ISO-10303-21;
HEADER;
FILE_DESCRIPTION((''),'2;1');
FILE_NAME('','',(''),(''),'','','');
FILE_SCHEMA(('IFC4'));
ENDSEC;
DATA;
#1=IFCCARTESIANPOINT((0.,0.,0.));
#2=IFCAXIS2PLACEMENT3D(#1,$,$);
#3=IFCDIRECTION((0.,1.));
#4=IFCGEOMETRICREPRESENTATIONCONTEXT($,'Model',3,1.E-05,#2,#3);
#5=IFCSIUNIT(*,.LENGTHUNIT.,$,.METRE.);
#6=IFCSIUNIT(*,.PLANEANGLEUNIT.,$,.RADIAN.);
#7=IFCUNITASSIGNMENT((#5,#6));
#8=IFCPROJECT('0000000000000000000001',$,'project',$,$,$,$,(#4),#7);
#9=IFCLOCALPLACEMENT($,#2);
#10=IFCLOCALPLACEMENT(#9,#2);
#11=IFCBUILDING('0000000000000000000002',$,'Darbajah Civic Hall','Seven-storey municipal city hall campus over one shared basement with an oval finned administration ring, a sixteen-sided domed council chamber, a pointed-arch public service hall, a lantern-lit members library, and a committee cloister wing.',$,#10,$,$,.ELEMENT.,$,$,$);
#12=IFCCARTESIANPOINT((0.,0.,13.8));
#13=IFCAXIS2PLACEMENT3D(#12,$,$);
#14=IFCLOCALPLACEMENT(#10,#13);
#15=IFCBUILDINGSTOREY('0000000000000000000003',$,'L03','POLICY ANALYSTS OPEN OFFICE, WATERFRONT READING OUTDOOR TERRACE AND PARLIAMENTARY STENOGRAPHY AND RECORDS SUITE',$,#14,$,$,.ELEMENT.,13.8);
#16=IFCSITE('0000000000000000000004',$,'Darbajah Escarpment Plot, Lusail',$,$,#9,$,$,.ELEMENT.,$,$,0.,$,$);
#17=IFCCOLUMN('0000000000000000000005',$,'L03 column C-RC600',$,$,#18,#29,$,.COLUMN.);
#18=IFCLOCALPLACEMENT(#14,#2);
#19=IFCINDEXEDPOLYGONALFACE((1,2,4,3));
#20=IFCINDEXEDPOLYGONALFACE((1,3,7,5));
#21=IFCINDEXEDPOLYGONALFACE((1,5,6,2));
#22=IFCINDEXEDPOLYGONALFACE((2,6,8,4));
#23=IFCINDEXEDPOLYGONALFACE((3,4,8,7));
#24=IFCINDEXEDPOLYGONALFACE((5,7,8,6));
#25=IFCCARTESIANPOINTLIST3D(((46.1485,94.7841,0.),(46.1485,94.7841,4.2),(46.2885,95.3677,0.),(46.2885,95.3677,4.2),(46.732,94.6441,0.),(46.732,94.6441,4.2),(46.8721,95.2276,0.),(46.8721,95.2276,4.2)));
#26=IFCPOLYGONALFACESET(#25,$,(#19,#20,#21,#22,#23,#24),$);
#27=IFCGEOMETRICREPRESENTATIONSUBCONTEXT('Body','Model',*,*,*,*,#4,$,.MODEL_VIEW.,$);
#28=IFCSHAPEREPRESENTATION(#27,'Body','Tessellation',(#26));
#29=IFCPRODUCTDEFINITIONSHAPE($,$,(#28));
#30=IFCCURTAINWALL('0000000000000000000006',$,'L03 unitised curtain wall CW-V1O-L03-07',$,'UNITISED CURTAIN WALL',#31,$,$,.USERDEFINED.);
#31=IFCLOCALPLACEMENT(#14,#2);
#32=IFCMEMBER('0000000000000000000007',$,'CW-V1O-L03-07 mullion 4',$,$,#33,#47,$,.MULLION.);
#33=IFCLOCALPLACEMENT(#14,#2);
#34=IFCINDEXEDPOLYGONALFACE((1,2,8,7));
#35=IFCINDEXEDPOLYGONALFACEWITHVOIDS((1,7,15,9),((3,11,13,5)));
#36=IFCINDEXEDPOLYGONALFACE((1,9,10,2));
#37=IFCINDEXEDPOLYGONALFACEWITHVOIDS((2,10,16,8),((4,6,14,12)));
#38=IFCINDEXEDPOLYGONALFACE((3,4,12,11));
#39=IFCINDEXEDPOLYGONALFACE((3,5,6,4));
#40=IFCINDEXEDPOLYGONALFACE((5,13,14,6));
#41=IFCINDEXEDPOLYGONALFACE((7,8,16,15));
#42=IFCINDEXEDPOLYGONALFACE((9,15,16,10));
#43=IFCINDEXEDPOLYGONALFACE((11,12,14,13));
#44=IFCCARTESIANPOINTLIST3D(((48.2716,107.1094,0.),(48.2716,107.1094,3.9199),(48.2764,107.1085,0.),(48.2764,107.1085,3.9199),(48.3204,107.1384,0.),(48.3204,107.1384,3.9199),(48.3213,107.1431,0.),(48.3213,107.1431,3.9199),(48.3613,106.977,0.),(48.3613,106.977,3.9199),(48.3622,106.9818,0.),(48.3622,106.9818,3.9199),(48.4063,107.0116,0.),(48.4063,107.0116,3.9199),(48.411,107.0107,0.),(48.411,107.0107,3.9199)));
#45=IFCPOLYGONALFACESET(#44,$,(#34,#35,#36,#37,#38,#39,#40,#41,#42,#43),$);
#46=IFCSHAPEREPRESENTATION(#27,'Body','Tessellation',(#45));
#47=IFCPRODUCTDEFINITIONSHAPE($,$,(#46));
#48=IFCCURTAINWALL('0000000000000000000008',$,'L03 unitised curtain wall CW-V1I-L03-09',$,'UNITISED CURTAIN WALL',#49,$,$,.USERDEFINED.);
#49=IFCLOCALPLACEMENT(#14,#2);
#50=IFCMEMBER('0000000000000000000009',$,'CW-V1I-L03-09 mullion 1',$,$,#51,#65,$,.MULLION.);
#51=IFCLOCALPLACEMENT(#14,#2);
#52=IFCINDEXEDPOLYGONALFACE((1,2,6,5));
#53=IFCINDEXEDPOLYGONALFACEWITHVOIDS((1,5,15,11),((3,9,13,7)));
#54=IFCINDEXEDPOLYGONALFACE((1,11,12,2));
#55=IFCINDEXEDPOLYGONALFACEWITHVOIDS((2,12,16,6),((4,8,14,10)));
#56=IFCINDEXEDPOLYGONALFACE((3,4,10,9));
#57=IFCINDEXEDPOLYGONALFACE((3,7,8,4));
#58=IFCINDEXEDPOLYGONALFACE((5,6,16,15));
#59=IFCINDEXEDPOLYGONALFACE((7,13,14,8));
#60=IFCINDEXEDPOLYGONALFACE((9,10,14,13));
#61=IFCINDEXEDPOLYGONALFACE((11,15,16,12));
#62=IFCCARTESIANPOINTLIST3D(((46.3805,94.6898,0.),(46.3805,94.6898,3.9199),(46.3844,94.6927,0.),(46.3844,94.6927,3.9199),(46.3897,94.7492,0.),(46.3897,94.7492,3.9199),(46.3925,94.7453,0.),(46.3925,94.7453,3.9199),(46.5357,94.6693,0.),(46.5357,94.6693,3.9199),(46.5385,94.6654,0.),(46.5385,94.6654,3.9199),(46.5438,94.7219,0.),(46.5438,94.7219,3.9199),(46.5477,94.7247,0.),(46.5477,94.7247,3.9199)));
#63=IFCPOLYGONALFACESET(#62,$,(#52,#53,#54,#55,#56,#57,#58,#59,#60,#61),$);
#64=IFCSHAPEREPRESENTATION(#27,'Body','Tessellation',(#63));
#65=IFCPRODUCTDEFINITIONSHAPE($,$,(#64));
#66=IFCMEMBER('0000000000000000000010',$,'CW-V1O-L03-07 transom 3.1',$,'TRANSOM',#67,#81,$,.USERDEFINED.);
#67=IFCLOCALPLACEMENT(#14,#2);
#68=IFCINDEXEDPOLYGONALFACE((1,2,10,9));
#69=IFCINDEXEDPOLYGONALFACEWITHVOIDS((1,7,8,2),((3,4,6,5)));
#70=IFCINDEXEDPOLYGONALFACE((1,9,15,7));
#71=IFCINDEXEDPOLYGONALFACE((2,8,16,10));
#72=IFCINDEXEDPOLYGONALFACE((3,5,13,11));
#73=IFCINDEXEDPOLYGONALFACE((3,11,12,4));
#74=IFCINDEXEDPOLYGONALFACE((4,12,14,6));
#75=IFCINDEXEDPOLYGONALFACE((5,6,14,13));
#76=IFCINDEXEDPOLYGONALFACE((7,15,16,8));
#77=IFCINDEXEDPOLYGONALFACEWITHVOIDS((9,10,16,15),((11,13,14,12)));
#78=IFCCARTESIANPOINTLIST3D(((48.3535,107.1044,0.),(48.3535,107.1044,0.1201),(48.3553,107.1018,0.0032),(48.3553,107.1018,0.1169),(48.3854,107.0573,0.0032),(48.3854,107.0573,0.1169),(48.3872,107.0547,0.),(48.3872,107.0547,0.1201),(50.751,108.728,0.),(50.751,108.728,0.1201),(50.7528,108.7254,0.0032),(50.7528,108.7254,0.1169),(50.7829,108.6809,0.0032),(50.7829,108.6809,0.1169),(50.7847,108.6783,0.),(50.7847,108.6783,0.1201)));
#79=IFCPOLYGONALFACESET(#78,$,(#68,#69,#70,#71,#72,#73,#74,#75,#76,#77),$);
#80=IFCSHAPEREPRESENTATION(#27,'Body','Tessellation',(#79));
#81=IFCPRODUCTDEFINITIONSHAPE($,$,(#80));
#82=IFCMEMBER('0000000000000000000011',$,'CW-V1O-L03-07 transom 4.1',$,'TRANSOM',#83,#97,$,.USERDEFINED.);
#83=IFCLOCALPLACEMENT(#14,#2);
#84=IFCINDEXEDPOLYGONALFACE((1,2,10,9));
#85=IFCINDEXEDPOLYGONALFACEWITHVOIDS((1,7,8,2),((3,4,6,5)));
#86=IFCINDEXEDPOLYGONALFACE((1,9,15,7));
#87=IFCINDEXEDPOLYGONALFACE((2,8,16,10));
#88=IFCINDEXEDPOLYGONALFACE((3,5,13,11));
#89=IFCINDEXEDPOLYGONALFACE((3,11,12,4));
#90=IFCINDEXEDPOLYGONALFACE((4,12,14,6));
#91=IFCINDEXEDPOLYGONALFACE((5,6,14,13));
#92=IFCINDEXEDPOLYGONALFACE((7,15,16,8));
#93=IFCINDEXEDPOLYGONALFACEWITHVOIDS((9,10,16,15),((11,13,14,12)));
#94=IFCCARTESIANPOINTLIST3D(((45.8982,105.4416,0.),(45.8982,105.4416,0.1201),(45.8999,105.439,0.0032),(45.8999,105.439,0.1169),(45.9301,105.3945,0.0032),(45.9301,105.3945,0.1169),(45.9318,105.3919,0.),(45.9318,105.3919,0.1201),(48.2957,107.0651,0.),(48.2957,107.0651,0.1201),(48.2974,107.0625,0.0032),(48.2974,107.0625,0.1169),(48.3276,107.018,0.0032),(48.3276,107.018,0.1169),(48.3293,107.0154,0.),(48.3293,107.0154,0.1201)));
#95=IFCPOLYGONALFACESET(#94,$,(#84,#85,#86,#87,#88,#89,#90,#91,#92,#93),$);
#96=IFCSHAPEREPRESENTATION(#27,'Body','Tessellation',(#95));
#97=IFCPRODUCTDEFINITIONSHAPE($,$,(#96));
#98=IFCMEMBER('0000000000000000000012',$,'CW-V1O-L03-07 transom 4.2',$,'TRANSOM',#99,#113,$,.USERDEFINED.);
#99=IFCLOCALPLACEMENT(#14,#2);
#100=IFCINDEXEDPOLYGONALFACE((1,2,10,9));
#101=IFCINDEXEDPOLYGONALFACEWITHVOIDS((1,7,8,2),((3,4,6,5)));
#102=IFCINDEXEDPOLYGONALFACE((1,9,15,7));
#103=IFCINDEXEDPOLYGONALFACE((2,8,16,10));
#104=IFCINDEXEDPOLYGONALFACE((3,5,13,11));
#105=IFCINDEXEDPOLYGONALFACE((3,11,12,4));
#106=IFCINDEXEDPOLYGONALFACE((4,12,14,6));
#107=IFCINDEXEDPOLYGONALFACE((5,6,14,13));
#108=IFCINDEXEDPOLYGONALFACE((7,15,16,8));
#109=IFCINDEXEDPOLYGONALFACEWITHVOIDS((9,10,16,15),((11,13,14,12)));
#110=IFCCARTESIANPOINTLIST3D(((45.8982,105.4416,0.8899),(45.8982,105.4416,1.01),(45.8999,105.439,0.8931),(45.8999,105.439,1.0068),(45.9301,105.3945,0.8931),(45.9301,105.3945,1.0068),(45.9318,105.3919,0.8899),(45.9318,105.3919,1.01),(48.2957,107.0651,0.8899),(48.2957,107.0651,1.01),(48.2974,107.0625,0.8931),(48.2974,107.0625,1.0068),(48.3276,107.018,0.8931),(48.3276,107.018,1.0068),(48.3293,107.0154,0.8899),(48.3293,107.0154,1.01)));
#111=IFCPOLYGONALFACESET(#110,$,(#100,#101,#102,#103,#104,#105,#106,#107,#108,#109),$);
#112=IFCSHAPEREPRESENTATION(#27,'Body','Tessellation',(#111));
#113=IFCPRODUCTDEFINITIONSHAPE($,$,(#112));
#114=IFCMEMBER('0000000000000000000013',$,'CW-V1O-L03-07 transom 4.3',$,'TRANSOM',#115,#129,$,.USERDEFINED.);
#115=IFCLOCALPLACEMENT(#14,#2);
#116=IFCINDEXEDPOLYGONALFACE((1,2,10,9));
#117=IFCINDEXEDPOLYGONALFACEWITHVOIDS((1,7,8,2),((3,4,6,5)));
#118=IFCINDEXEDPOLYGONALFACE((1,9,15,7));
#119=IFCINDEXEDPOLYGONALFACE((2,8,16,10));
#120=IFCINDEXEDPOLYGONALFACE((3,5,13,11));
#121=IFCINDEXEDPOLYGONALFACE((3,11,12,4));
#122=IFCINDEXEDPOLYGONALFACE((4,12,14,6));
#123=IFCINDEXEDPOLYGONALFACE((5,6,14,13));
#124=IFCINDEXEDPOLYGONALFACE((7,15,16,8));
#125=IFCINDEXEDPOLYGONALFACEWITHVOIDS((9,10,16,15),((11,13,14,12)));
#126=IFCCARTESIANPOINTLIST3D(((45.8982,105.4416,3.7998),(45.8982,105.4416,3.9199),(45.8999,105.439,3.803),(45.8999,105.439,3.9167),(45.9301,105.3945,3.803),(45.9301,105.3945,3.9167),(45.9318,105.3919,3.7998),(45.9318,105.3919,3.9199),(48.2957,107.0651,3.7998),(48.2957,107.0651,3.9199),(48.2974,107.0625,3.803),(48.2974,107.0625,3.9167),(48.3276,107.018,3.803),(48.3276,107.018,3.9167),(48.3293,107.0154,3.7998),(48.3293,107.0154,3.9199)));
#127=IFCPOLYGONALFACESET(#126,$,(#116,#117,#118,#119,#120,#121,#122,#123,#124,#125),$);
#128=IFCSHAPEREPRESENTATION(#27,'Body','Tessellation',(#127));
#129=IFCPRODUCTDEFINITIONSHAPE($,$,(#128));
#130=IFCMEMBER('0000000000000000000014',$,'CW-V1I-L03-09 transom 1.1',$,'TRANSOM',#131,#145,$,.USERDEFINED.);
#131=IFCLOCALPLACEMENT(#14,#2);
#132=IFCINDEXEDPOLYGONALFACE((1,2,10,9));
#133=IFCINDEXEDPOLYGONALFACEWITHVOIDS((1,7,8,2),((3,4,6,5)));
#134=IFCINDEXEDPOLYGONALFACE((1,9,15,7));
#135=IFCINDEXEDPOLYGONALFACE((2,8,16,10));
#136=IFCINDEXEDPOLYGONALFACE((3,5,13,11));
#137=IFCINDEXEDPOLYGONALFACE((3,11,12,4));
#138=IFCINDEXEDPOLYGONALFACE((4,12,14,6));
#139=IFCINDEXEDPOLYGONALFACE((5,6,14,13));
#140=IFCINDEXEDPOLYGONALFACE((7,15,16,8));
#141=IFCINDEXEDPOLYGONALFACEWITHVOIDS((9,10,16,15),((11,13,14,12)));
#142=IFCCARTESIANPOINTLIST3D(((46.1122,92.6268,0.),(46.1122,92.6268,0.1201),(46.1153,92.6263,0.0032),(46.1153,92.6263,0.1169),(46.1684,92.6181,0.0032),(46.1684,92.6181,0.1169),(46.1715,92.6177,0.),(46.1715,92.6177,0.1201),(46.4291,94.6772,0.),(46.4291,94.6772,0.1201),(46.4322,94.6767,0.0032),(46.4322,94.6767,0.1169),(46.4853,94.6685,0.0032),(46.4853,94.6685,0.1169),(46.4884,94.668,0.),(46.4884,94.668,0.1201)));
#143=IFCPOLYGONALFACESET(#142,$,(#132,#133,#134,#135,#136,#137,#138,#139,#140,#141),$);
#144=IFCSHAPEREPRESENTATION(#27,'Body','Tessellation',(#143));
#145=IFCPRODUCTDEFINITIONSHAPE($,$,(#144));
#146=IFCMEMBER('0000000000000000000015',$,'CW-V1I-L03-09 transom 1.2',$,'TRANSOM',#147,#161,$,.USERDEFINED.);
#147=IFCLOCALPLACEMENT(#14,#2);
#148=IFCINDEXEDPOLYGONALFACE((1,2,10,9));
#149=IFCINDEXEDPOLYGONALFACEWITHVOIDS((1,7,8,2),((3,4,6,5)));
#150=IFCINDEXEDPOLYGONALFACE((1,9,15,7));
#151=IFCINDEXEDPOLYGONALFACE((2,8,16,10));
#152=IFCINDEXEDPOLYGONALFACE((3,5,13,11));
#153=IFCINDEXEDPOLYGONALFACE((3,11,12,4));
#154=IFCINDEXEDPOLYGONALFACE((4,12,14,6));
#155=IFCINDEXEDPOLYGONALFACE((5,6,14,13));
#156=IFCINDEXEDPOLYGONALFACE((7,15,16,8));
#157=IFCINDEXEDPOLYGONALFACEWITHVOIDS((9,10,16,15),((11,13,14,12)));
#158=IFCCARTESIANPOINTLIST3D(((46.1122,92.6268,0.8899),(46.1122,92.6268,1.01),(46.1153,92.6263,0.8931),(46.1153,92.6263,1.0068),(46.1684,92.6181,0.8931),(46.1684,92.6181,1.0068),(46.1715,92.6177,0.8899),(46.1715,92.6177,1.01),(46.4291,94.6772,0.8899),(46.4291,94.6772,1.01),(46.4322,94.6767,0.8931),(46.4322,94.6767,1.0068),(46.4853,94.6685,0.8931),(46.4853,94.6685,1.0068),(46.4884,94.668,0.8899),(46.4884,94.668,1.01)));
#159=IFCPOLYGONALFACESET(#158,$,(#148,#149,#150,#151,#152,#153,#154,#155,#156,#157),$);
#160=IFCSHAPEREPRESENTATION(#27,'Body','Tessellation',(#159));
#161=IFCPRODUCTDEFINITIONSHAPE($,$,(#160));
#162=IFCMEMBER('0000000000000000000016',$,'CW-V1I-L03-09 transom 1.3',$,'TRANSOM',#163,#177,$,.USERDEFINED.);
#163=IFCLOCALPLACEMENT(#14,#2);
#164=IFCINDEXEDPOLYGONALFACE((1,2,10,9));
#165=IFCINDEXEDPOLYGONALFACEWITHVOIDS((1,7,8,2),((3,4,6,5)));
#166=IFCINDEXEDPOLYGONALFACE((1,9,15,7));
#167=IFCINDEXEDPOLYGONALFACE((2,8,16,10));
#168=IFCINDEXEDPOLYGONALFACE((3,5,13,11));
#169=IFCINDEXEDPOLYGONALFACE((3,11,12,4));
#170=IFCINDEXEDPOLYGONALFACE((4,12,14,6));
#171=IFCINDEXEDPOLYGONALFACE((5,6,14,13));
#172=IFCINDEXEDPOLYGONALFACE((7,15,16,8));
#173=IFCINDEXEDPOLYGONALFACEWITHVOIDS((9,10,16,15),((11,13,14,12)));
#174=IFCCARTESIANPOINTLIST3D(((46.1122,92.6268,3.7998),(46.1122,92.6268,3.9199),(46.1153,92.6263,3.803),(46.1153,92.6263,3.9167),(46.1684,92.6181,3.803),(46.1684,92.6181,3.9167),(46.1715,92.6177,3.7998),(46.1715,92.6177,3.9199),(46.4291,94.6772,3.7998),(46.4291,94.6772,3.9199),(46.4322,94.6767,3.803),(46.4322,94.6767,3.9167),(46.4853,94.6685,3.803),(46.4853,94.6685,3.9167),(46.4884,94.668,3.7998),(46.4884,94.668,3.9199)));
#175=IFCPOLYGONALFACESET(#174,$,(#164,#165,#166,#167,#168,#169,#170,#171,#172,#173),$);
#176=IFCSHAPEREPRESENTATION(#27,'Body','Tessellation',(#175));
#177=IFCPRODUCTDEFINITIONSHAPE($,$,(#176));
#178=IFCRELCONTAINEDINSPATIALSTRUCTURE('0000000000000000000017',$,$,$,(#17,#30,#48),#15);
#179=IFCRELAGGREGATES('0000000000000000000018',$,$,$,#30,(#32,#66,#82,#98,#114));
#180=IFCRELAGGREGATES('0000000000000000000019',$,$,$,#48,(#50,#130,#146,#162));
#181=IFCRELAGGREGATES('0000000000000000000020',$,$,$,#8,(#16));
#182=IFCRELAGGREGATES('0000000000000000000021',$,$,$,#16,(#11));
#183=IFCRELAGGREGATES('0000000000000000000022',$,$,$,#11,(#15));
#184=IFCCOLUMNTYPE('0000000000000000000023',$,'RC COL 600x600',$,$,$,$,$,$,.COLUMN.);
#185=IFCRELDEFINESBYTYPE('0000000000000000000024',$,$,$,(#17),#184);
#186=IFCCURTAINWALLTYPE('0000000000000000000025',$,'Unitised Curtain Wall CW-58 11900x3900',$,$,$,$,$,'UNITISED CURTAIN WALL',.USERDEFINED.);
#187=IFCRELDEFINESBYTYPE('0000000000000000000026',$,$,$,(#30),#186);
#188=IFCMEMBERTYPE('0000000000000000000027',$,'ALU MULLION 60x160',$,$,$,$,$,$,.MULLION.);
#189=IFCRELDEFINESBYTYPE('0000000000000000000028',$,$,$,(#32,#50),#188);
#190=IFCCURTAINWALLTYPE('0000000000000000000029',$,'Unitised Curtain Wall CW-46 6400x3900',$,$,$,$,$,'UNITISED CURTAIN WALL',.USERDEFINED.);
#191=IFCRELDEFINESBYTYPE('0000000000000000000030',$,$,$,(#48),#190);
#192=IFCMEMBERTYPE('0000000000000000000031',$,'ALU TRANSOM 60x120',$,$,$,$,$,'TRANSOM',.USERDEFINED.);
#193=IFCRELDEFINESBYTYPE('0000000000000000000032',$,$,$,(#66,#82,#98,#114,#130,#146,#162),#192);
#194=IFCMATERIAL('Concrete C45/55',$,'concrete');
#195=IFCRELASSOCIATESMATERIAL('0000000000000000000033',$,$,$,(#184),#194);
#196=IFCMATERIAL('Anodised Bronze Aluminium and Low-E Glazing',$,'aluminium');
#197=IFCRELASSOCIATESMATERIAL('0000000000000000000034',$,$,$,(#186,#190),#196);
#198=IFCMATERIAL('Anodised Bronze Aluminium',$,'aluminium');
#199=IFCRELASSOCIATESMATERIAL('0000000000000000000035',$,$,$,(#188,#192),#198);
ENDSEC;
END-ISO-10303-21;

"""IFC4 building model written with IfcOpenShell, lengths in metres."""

from ifc_helpers import new_model, si_unit, direction, frame, origin, origin_2d, place, context, subcontext, project, spatial, rectangle, hollow_rectangle, extrude, material, material_profile, profile_set, type_object, element, aggregate, save


model = new_model("IFC4")

# Units and contexts
model_context = context("Model", 3, precision=1e-05, world=origin(), true_north=direction((0.0, 1.0)))
body_context = subcontext(model_context, "Body", "Model", "MODEL_VIEW")
ifc_project = project(units=[si_unit("LENGTHUNIT", "METRE"), si_unit("PLANEANGLEUNIT", "RADIAN")], contexts=[model_context])

# Site, building, storey
site_placement = place(None, origin())
site = spatial("IfcSite", under=ifc_project, at=site_placement, Name="Darbajah Escarpment Plot, Lusail", CompositionType="ELEMENT", RefElevation=0.0)
building_placement = place(site_placement, origin())
building = spatial("IfcBuilding", under=site, at=building_placement, Name="Darbajah Civic Hall", Description="Seven-storey municipal city hall campus over one shared basement with an oval finned administration ring, a sixteen-sided domed council chamber, a pointed-arch public service hall, a lantern-lit members library, and a committee cloister wing.", CompositionType="ELEMENT")
storey_placement = place(building_placement, frame((0.0, 0.0, 13.8)))
storey = spatial("IfcBuildingStorey", under=building, at=storey_placement, Name="L03", Description="POLICY ANALYSTS OPEN OFFICE, WATERFRONT READING OUTDOOR TERRACE AND PARLIAMENTARY STENOGRAPHY AND RECORDS SUITE", CompositionType="ELEMENT", Elevation=13.8)

# Column
ifc_material_1 = material(Name="Concrete C45/55", Category="concrete")
ifc_material_profile_1 = material_profile(ifc_material_1, rectangle(XDim=0.6001, YDim=0.6001, at=origin_2d()), Name="RC COL 600x600")
ifc_profile_set_1 = profile_set([ifc_material_profile_1], Name="Concrete C45/55")
column_type = type_object("IfcColumnType", Name="RC COL 600x600", PredefinedType="COLUMN", material=ifc_profile_set_1)
column_placement = place(storey_placement, frame((46.5103, 95.0059, 0.0), z_axis=(0.0, 0.0, 1.0), x_axis=(-0.97237, 0.233445, 0.0)))
element("IfcColumn", 1, at=column_placement, inside=storey, type_object=column_type, Name="L03 column C-RC600", PredefinedType="COLUMN", context=body_context, shape_type="SweptSolid", body=[
    extrude(rectangle(XDim=0.6001, YDim=0.6001, at=origin_2d()), origin(), (0.0, 0.0, 1.0), 4.2),
])

# Curtain walls, members
ifc_material_2 = material(Name="Anodised Bronze Aluminium and Low-E Glazing", Category="aluminium")
curtain_wall_type_1 = type_object("IfcCurtainWallType", Name="Unitised Curtain Wall CW-58 11900x3900", ElementType="UNITISED CURTAIN WALL", PredefinedType="USERDEFINED", material=ifc_material_2)
curtain_wall_1_placement = place(storey_placement, origin())
curtain_wall_1 = element("IfcCurtainWall", 2, at=curtain_wall_1_placement, inside=storey, type_object=curtain_wall_type_1, Name="L03 unitised curtain wall CW-V1O-L03-07", ObjectType="UNITISED CURTAIN WALL", PredefinedType="USERDEFINED")
ifc_material_3 = material(Name="Anodised Bronze Aluminium", Category="aluminium")
ifc_material_profile_2 = material_profile(ifc_material_3, hollow_rectangle(XDim=0.0601, YDim=0.1599, WallThickness=0.0034, at=origin_2d()), Name="ALU MULLION 60x160")
ifc_profile_set_2 = profile_set([ifc_material_profile_2], Name="Anodised Bronze Aluminium")
member_type_1 = type_object("IfcMemberType", Name="ALU MULLION 60x160", PredefinedType="MULLION", material=ifc_profile_set_2)
member_1_placement = place(storey_placement, frame((48.3413, 107.0601, 0.0), z_axis=(0.0, 0.0, 1.0), x_axis=(-0.827962, -0.560784, 0.0)))
member_1 = element("IfcMember", 3, at=member_1_placement, type_object=member_type_1, Name="CW-V1O-L03-07 mullion 4", PredefinedType="MULLION", context=body_context, shape_type="SweptSolid", body=[
    extrude(hollow_rectangle(XDim=0.0601, YDim=0.1599, WallThickness=0.0034, at=origin_2d()), origin(), (0.0, 0.0, 1.0), 3.9199),
])
curtain_wall_type_2 = type_object("IfcCurtainWallType", Name="Unitised Curtain Wall CW-46 6400x3900", ElementType="UNITISED CURTAIN WALL", PredefinedType="USERDEFINED", material=ifc_material_2)
curtain_wall_2_placement = place(storey_placement, origin())
curtain_wall_2 = element("IfcCurtainWall", 4, at=curtain_wall_2_placement, inside=storey, type_object=curtain_wall_type_2, Name="L03 unitised curtain wall CW-V1I-L03-09", ObjectType="UNITISED CURTAIN WALL", PredefinedType="USERDEFINED")
member_2_placement = place(storey_placement, frame((46.4641, 94.7073, 0.0), z_axis=(0.0, 0.0, 1.0), x_axis=(-0.152813, -0.988255, 0.0)))
member_2 = element("IfcMember", 5, at=member_2_placement, type_object=member_type_1, Name="CW-V1I-L03-09 mullion 1", PredefinedType="MULLION", context=body_context, shape_type="SweptSolid", body=[
    extrude(hollow_rectangle(XDim=0.0601, YDim=0.1599, WallThickness=0.0034, at=origin_2d()), origin(), (0.0, 0.0, 1.0), 3.9199),
])

# Members
ifc_material_profile_3 = material_profile(ifc_material_3, hollow_rectangle(XDim=0.0601, YDim=0.1201, WallThickness=0.0032, at=origin_2d()), Name="ALU TRANSOM 60x120")
ifc_profile_set_3 = profile_set([ifc_material_profile_3], Name="Anodised Bronze Aluminium")
member_type_2 = type_object("IfcMemberType", Name="ALU TRANSOM 60x120", ElementType="TRANSOM", PredefinedType="USERDEFINED", material=ifc_profile_set_3)
member_3_placement = place(storey_placement, frame((50.7678, 108.7031, 0.0601), z_axis=(-0.828007, -0.560718, 0.0), x_axis=(0.560718, -0.828007, 0.0)))
member_3 = element("IfcMember", 6, at=member_3_placement, type_object=member_type_2, Name="CW-V1O-L03-07 transom 3.1", ObjectType="TRANSOM", PredefinedType="USERDEFINED", context=body_context, shape_type="SweptSolid", body=[
    extrude(hollow_rectangle(XDim=0.0601, YDim=0.1201, WallThickness=0.0032, at=origin_2d()), origin(), (0.0, 0.0, 1.0), 2.8955),
])
member_4_placement = place(storey_placement, frame((48.3125, 107.0403, 0.0601), z_axis=(-0.828007, -0.560718, 0.0), x_axis=(0.560718, -0.828007, 0.0)))
member_4 = element("IfcMember", 7, at=member_4_placement, type_object=member_type_2, Name="CW-V1O-L03-07 transom 4.1", ObjectType="TRANSOM", PredefinedType="USERDEFINED", context=body_context, shape_type="SweptSolid", body=[
    extrude(hollow_rectangle(XDim=0.0601, YDim=0.1201, WallThickness=0.0032, at=origin_2d()), origin(), (0.0, 0.0, 1.0), 2.8955),
])
member_5_placement = place(storey_placement, frame((48.3125, 107.0403, 0.95), z_axis=(-0.828007, -0.560718, 0.0), x_axis=(0.560718, -0.828007, 0.0)))
member_5 = element("IfcMember", 8, at=member_5_placement, type_object=member_type_2, Name="CW-V1O-L03-07 transom 4.2", ObjectType="TRANSOM", PredefinedType="USERDEFINED", context=body_context, shape_type="SweptSolid", body=[
    extrude(hollow_rectangle(XDim=0.0601, YDim=0.1201, WallThickness=0.0032, at=origin_2d()), origin(), (0.0, 0.0, 1.0), 2.8955),
])
member_6_placement = place(storey_placement, frame((48.3125, 107.0403, 3.8599), z_axis=(-0.828007, -0.560718, 0.0), x_axis=(0.560718, -0.828007, 0.0)))
member_6 = element("IfcMember", 9, at=member_6_placement, type_object=member_type_2, Name="CW-V1O-L03-07 transom 4.3", ObjectType="TRANSOM", PredefinedType="USERDEFINED", context=body_context, shape_type="SweptSolid", body=[
    extrude(hollow_rectangle(XDim=0.0601, YDim=0.1201, WallThickness=0.0032, at=origin_2d()), origin(), (0.0, 0.0, 1.0), 2.8955),
])
member_7_placement = place(storey_placement, frame((46.4587, 94.6726, 0.0601), z_axis=(-0.152747, -0.988265, 0.0), x_axis=(0.988265, -0.152747, 0.0)))
member_7 = element("IfcMember", 10, at=member_7_placement, type_object=member_type_2, Name="CW-V1I-L03-09 transom 1.1", ObjectType="TRANSOM", PredefinedType="USERDEFINED", context=body_context, shape_type="SweptSolid", body=[
    extrude(hollow_rectangle(XDim=0.0601, YDim=0.1201, WallThickness=0.0032, at=origin_2d()), origin(), (0.0, 0.0, 1.0), 2.0747),
])
member_8_placement = place(storey_placement, frame((46.4587, 94.6726, 0.95), z_axis=(-0.152747, -0.988265, 0.0), x_axis=(0.988265, -0.152747, 0.0)))
member_8 = element("IfcMember", 11, at=member_8_placement, type_object=member_type_2, Name="CW-V1I-L03-09 transom 1.2", ObjectType="TRANSOM", PredefinedType="USERDEFINED", context=body_context, shape_type="SweptSolid", body=[
    extrude(hollow_rectangle(XDim=0.0601, YDim=0.1201, WallThickness=0.0032, at=origin_2d()), origin(), (0.0, 0.0, 1.0), 2.0747),
])
member_9_placement = place(storey_placement, frame((46.4587, 94.6726, 3.8599), z_axis=(-0.152747, -0.988265, 0.0), x_axis=(0.988265, -0.152747, 0.0)))
member_9 = element("IfcMember", 12, at=member_9_placement, type_object=member_type_2, Name="CW-V1I-L03-09 transom 1.3", ObjectType="TRANSOM", PredefinedType="USERDEFINED", context=body_context, shape_type="SweptSolid", body=[
    extrude(hollow_rectangle(XDim=0.0601, YDim=0.1201, WallThickness=0.0032, at=origin_2d()), origin(), (0.0, 0.0, 1.0), 2.0747),
])

aggregate(curtain_wall_1, [member_1, member_3, member_4, member_5, member_6])
aggregate(curtain_wall_2, [member_2, member_7, member_8, member_9])

save(model, "model.ifc")
